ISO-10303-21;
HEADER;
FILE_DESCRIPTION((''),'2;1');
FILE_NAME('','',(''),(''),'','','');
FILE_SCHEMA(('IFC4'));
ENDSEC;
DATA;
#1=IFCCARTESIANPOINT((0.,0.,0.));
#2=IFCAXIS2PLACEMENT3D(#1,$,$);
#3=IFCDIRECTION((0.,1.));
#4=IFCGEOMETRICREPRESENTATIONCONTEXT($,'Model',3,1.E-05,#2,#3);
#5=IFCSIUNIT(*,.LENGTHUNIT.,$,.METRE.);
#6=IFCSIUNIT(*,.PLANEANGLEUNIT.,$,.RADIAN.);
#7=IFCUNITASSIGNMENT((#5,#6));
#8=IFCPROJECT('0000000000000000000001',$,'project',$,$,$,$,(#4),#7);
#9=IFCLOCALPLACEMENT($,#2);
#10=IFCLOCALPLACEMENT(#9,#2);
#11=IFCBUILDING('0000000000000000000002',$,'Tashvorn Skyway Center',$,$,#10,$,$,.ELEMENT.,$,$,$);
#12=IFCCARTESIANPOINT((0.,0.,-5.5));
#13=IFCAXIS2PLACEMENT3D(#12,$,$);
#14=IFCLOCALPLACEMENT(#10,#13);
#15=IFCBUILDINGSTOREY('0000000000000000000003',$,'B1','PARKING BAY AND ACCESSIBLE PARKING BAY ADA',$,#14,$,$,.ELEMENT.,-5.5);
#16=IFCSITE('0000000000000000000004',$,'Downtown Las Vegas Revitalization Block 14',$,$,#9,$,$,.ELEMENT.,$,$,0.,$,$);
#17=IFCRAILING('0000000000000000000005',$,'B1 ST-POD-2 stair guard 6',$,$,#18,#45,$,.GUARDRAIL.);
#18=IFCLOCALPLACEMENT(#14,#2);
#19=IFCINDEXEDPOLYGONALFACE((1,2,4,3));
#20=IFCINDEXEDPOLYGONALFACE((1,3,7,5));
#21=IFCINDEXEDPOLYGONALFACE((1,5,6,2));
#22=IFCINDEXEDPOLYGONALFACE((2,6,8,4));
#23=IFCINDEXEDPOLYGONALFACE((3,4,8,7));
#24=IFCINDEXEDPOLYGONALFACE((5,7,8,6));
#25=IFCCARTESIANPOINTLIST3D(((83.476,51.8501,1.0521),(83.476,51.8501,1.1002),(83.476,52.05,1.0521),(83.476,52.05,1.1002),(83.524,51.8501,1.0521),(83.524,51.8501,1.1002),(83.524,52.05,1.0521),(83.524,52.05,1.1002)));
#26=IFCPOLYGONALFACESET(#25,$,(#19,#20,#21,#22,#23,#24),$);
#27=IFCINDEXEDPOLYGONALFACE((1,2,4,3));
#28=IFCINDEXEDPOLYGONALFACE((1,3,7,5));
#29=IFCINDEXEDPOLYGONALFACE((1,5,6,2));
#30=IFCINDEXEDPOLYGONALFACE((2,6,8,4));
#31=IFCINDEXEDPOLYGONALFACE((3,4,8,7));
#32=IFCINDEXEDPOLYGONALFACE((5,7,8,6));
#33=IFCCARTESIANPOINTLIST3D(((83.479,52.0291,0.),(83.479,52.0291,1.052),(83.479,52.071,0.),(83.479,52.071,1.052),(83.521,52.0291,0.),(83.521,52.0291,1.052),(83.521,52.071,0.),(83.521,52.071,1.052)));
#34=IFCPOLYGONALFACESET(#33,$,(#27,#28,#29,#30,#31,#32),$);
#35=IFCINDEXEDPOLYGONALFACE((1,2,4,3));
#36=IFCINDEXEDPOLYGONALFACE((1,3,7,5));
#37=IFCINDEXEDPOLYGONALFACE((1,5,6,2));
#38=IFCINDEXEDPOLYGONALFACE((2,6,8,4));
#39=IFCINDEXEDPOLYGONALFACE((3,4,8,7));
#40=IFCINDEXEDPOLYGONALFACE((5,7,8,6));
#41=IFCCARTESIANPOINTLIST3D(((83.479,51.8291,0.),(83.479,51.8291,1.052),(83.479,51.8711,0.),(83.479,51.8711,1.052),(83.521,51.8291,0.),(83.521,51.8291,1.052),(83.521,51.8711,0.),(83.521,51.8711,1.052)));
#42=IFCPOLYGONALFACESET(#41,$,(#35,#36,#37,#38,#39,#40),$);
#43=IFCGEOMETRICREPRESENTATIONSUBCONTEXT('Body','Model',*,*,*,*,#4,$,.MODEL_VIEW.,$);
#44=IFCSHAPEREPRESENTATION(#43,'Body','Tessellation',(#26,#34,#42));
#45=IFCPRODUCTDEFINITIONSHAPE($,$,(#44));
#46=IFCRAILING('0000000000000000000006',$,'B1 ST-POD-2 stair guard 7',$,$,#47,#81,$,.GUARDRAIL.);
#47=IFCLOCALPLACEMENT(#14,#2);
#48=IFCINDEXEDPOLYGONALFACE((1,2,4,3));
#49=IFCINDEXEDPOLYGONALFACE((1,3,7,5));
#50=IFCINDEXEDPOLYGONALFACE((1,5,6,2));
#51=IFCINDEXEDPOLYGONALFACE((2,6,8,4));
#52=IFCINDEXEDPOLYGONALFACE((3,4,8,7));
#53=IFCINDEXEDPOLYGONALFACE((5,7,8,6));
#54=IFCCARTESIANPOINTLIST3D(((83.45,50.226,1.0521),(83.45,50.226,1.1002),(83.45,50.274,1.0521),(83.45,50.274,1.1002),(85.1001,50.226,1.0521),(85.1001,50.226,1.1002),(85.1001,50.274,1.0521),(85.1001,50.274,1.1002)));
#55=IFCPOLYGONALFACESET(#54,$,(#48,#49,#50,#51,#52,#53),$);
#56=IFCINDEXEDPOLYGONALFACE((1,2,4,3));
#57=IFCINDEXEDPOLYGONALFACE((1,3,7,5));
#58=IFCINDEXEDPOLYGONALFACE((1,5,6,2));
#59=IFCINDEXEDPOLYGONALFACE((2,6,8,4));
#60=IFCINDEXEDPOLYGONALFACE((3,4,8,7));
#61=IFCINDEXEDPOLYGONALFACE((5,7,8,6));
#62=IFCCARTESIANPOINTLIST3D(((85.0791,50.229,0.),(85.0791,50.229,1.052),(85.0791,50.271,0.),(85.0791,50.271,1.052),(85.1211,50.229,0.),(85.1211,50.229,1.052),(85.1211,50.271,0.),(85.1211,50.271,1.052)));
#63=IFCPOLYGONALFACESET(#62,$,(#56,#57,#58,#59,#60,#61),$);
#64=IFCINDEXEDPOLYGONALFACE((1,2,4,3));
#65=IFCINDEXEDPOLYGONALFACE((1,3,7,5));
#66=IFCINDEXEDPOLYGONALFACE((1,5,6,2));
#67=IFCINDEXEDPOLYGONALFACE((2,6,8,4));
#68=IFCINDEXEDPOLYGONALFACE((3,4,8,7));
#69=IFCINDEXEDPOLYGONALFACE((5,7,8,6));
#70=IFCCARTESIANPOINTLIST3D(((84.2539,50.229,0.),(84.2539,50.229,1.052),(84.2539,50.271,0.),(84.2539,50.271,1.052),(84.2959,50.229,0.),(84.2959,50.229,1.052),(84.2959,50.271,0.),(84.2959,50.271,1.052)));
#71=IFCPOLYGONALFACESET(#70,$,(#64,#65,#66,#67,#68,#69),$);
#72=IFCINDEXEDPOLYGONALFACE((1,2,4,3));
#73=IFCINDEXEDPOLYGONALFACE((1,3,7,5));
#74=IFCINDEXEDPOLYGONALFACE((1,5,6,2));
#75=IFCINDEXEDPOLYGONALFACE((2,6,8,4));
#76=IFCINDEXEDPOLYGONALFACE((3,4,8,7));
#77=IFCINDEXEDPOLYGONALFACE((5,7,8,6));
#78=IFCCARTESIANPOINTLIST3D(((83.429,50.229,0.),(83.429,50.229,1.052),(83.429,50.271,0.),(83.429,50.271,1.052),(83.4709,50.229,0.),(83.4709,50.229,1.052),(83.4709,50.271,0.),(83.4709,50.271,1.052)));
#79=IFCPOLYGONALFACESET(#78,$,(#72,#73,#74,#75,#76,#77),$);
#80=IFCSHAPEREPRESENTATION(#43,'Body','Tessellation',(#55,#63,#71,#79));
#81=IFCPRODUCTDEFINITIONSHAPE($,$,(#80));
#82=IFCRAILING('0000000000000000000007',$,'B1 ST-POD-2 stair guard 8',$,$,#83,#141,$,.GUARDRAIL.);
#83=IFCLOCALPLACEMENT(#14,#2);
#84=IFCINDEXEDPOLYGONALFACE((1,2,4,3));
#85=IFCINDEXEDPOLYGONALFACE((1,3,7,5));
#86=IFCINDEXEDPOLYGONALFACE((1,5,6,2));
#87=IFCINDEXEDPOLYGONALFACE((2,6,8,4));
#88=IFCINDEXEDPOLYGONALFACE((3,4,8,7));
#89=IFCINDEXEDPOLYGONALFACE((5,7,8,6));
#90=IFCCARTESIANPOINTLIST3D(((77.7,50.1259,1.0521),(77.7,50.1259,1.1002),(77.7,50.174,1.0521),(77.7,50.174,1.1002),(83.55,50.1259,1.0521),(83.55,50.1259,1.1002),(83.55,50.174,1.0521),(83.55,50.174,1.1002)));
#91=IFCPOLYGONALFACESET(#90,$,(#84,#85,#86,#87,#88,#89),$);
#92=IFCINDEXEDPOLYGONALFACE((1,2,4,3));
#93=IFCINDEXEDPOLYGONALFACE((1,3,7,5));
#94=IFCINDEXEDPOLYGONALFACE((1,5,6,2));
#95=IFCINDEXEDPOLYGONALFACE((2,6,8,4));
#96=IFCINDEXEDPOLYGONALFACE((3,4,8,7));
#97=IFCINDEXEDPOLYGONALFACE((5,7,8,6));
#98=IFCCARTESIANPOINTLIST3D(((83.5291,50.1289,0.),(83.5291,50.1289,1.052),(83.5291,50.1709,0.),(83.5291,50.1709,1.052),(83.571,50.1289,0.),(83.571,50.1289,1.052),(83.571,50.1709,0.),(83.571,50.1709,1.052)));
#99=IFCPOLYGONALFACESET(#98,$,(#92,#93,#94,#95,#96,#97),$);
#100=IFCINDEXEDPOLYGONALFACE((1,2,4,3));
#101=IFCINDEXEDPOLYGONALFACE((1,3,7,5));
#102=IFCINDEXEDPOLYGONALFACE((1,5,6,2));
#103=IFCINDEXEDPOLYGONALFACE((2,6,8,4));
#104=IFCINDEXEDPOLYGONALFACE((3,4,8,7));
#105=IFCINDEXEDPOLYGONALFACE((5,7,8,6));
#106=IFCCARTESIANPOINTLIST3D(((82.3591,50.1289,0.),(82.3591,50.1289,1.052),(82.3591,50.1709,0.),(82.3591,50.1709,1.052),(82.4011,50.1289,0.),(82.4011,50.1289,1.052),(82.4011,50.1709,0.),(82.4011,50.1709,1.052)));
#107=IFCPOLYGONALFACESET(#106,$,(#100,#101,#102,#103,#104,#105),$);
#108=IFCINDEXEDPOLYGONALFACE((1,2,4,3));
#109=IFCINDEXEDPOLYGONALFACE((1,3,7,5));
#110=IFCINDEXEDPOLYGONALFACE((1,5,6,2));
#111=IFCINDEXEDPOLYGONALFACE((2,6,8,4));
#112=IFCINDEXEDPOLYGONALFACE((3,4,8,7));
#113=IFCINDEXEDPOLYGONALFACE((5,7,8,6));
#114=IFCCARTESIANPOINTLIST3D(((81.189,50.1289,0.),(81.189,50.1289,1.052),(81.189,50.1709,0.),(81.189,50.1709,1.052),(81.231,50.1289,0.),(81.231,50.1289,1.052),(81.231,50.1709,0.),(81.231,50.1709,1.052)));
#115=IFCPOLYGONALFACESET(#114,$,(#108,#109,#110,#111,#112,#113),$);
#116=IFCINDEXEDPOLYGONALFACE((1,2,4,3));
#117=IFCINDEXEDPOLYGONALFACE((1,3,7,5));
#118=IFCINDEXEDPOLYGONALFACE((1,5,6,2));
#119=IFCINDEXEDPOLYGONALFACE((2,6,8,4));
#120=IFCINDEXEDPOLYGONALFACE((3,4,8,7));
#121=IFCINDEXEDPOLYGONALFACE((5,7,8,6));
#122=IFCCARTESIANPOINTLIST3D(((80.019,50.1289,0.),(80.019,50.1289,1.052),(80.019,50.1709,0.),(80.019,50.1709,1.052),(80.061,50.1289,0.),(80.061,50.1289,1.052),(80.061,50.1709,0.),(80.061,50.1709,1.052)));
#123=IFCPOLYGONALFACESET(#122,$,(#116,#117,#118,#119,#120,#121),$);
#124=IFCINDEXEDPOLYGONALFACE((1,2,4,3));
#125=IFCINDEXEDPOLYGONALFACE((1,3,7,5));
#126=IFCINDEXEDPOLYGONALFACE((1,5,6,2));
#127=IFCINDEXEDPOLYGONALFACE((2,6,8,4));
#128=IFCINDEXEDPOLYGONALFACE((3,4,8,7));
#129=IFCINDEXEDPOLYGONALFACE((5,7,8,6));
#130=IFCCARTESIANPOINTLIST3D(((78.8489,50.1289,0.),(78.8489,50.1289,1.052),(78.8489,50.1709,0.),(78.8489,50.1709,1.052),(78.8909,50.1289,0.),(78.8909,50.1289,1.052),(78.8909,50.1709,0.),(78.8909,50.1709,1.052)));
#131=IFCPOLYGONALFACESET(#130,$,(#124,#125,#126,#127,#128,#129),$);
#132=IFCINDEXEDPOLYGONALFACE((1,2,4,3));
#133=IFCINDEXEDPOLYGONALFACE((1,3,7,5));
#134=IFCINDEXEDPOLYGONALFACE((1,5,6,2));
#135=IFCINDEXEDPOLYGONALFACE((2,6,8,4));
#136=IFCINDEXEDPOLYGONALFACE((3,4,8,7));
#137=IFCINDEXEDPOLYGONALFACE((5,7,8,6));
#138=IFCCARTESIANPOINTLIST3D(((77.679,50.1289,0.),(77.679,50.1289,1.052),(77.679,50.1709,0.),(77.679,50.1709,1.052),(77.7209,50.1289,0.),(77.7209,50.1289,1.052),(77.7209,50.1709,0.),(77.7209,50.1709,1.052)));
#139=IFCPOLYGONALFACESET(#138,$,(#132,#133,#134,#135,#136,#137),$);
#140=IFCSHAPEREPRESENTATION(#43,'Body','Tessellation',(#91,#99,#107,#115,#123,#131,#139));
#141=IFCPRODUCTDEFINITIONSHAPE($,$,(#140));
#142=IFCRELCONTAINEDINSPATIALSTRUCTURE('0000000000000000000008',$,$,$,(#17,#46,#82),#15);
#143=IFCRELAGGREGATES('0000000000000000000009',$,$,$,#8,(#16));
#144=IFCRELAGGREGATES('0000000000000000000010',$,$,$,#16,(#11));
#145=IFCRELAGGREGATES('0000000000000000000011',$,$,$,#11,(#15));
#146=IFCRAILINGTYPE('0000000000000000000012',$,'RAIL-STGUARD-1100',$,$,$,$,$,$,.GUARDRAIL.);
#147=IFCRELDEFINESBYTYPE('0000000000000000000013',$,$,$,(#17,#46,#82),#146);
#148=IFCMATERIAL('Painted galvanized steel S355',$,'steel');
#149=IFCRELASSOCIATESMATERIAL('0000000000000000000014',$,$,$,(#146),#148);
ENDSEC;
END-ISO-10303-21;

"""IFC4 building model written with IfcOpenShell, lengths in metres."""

from ifc_helpers import new_model, si_unit, direction, frame, origin, origin_2d, place, context, subcontext, project, spatial, rectangle, extrude, material, type_object, element, save


model = new_model("IFC4")

# Units and contexts
model_context = context("Model", 3, precision=1e-05, world=origin(), true_north=direction((0.0, 1.0)))
body_context = subcontext(model_context, "Body", "Model", "MODEL_VIEW")
ifc_project = project(units=[si_unit("LENGTHUNIT", "METRE"), si_unit("PLANEANGLEUNIT", "RADIAN")], contexts=[model_context])

# Site, building, storey
site_placement = place(None, origin())
site = spatial("IfcSite", under=ifc_project, at=site_placement, Name="Downtown Las Vegas Revitalization Block 14", CompositionType="ELEMENT", RefElevation=0.0)
building_placement = place(site_placement, origin())
building = spatial("IfcBuilding", under=site, at=building_placement, Name="Tashvorn Skyway Center", CompositionType="ELEMENT")
storey_placement = place(building_placement, frame((0.0, 0.0, -5.5)))
storey = spatial("IfcBuildingStorey", under=building, at=storey_placement, Name="B1", Description="PARKING BAY AND ACCESSIBLE PARKING BAY ADA", CompositionType="ELEMENT", Elevation=-5.5)

# Railings
ifc_material_1 = material(Name="Painted galvanized steel S355", Category="steel")
railing_type_1 = type_object("IfcRailingType", Name="RAIL-STGUARD-1100", PredefinedType="GUARDRAIL", material=ifc_material_1)
railing_1_placement = place(storey_placement, frame((83.5, 52.05, 0.0)))
element("IfcRailing", 1, at=railing_1_placement, inside=storey, type_object=railing_type_1, Name="B1 ST-POD-2 stair guard 6", PredefinedType="GUARDRAIL", context=body_context, shape_type="SweptSolid", body=[
    extrude(rectangle(XDim=0.0481, YDim=0.0481, at=origin_2d()), frame((0.0, 0.0, 1.0762), z_axis=(0.0, -1.0, 0.0), x_axis=(1.0, 0.0, 0.0)), (0.0, 0.0, 1.0), 0.2),
    extrude(rectangle(XDim=0.042, YDim=0.042, at=origin_2d()), origin(), (0.0, 0.0, 1.0), 1.052),
    extrude(rectangle(XDim=0.042, YDim=0.042, at=origin_2d()), frame((0.0, -0.2, 0.0)), (0.0, 0.0, 1.0), 1.052),
])
railing_2_placement = place(storey_placement, frame((85.1001, 50.25, 0.0)))
element("IfcRailing", 2, at=railing_2_placement, inside=storey, type_object=railing_type_1, Name="B1 ST-POD-2 stair guard 7", PredefinedType="GUARDRAIL", context=body_context, shape_type="SweptSolid", body=[
    extrude(rectangle(XDim=0.0481, YDim=0.0481, at=origin_2d()), frame((0.0, 0.0, 1.0762), z_axis=(-1.0, 0.0, 0.0), x_axis=(0.0, -1.0, 0.0)), (0.0, 0.0, 1.0), 1.6501),
    extrude(rectangle(XDim=0.042, YDim=0.042, at=origin_2d()), origin(), (0.0, 0.0, 1.0), 1.052),
    extrude(rectangle(XDim=0.042, YDim=0.042, at=origin_2d()), frame((-0.8252, 0.0, 0.0)), (0.0, 0.0, 1.0), 1.052),
    extrude(rectangle(XDim=0.042, YDim=0.042, at=origin_2d()), frame((-1.6501, 0.0, 0.0)), (0.0, 0.0, 1.0), 1.052),
])
railing_3_placement = place(storey_placement, frame((83.55, 50.1499, 0.0)))
element("IfcRailing", 3, at=railing_3_placement, inside=storey, type_object=railing_type_1, Name="B1 ST-POD-2 stair guard 8", PredefinedType="GUARDRAIL", context=body_context, shape_type="SweptSolid", body=[
    extrude(rectangle(XDim=0.0481, YDim=0.0481, at=origin_2d()), frame((0.0, 0.0, 1.0762), z_axis=(-1.0, 0.0, 0.0), x_axis=(0.0, -1.0, 0.0)), (0.0, 0.0, 1.0), 5.8501),
    extrude(rectangle(XDim=0.042, YDim=0.042, at=origin_2d()), origin(), (0.0, 0.0, 1.0), 1.052),
    extrude(rectangle(XDim=0.042, YDim=0.042, at=origin_2d()), frame((-1.1699, 0.0, 0.0)), (0.0, 0.0, 1.0), 1.052),
    extrude(rectangle(XDim=0.042, YDim=0.042, at=origin_2d()), frame((-2.3401, 0.0, 0.0)), (0.0, 0.0, 1.0), 1.052),
    extrude(rectangle(XDim=0.042, YDim=0.042, at=origin_2d()), frame((-3.51, 0.0, 0.0)), (0.0, 0.0, 1.0), 1.052),
    extrude(rectangle(XDim=0.042, YDim=0.042, at=origin_2d()), frame((-4.6802, 0.0, 0.0)), (0.0, 0.0, 1.0), 1.052),
    extrude(rectangle(XDim=0.042, YDim=0.042, at=origin_2d()), frame((-5.8501, 0.0, 0.0)), (0.0, 0.0, 1.0), 1.052),
])

save(model, "model.ifc")
